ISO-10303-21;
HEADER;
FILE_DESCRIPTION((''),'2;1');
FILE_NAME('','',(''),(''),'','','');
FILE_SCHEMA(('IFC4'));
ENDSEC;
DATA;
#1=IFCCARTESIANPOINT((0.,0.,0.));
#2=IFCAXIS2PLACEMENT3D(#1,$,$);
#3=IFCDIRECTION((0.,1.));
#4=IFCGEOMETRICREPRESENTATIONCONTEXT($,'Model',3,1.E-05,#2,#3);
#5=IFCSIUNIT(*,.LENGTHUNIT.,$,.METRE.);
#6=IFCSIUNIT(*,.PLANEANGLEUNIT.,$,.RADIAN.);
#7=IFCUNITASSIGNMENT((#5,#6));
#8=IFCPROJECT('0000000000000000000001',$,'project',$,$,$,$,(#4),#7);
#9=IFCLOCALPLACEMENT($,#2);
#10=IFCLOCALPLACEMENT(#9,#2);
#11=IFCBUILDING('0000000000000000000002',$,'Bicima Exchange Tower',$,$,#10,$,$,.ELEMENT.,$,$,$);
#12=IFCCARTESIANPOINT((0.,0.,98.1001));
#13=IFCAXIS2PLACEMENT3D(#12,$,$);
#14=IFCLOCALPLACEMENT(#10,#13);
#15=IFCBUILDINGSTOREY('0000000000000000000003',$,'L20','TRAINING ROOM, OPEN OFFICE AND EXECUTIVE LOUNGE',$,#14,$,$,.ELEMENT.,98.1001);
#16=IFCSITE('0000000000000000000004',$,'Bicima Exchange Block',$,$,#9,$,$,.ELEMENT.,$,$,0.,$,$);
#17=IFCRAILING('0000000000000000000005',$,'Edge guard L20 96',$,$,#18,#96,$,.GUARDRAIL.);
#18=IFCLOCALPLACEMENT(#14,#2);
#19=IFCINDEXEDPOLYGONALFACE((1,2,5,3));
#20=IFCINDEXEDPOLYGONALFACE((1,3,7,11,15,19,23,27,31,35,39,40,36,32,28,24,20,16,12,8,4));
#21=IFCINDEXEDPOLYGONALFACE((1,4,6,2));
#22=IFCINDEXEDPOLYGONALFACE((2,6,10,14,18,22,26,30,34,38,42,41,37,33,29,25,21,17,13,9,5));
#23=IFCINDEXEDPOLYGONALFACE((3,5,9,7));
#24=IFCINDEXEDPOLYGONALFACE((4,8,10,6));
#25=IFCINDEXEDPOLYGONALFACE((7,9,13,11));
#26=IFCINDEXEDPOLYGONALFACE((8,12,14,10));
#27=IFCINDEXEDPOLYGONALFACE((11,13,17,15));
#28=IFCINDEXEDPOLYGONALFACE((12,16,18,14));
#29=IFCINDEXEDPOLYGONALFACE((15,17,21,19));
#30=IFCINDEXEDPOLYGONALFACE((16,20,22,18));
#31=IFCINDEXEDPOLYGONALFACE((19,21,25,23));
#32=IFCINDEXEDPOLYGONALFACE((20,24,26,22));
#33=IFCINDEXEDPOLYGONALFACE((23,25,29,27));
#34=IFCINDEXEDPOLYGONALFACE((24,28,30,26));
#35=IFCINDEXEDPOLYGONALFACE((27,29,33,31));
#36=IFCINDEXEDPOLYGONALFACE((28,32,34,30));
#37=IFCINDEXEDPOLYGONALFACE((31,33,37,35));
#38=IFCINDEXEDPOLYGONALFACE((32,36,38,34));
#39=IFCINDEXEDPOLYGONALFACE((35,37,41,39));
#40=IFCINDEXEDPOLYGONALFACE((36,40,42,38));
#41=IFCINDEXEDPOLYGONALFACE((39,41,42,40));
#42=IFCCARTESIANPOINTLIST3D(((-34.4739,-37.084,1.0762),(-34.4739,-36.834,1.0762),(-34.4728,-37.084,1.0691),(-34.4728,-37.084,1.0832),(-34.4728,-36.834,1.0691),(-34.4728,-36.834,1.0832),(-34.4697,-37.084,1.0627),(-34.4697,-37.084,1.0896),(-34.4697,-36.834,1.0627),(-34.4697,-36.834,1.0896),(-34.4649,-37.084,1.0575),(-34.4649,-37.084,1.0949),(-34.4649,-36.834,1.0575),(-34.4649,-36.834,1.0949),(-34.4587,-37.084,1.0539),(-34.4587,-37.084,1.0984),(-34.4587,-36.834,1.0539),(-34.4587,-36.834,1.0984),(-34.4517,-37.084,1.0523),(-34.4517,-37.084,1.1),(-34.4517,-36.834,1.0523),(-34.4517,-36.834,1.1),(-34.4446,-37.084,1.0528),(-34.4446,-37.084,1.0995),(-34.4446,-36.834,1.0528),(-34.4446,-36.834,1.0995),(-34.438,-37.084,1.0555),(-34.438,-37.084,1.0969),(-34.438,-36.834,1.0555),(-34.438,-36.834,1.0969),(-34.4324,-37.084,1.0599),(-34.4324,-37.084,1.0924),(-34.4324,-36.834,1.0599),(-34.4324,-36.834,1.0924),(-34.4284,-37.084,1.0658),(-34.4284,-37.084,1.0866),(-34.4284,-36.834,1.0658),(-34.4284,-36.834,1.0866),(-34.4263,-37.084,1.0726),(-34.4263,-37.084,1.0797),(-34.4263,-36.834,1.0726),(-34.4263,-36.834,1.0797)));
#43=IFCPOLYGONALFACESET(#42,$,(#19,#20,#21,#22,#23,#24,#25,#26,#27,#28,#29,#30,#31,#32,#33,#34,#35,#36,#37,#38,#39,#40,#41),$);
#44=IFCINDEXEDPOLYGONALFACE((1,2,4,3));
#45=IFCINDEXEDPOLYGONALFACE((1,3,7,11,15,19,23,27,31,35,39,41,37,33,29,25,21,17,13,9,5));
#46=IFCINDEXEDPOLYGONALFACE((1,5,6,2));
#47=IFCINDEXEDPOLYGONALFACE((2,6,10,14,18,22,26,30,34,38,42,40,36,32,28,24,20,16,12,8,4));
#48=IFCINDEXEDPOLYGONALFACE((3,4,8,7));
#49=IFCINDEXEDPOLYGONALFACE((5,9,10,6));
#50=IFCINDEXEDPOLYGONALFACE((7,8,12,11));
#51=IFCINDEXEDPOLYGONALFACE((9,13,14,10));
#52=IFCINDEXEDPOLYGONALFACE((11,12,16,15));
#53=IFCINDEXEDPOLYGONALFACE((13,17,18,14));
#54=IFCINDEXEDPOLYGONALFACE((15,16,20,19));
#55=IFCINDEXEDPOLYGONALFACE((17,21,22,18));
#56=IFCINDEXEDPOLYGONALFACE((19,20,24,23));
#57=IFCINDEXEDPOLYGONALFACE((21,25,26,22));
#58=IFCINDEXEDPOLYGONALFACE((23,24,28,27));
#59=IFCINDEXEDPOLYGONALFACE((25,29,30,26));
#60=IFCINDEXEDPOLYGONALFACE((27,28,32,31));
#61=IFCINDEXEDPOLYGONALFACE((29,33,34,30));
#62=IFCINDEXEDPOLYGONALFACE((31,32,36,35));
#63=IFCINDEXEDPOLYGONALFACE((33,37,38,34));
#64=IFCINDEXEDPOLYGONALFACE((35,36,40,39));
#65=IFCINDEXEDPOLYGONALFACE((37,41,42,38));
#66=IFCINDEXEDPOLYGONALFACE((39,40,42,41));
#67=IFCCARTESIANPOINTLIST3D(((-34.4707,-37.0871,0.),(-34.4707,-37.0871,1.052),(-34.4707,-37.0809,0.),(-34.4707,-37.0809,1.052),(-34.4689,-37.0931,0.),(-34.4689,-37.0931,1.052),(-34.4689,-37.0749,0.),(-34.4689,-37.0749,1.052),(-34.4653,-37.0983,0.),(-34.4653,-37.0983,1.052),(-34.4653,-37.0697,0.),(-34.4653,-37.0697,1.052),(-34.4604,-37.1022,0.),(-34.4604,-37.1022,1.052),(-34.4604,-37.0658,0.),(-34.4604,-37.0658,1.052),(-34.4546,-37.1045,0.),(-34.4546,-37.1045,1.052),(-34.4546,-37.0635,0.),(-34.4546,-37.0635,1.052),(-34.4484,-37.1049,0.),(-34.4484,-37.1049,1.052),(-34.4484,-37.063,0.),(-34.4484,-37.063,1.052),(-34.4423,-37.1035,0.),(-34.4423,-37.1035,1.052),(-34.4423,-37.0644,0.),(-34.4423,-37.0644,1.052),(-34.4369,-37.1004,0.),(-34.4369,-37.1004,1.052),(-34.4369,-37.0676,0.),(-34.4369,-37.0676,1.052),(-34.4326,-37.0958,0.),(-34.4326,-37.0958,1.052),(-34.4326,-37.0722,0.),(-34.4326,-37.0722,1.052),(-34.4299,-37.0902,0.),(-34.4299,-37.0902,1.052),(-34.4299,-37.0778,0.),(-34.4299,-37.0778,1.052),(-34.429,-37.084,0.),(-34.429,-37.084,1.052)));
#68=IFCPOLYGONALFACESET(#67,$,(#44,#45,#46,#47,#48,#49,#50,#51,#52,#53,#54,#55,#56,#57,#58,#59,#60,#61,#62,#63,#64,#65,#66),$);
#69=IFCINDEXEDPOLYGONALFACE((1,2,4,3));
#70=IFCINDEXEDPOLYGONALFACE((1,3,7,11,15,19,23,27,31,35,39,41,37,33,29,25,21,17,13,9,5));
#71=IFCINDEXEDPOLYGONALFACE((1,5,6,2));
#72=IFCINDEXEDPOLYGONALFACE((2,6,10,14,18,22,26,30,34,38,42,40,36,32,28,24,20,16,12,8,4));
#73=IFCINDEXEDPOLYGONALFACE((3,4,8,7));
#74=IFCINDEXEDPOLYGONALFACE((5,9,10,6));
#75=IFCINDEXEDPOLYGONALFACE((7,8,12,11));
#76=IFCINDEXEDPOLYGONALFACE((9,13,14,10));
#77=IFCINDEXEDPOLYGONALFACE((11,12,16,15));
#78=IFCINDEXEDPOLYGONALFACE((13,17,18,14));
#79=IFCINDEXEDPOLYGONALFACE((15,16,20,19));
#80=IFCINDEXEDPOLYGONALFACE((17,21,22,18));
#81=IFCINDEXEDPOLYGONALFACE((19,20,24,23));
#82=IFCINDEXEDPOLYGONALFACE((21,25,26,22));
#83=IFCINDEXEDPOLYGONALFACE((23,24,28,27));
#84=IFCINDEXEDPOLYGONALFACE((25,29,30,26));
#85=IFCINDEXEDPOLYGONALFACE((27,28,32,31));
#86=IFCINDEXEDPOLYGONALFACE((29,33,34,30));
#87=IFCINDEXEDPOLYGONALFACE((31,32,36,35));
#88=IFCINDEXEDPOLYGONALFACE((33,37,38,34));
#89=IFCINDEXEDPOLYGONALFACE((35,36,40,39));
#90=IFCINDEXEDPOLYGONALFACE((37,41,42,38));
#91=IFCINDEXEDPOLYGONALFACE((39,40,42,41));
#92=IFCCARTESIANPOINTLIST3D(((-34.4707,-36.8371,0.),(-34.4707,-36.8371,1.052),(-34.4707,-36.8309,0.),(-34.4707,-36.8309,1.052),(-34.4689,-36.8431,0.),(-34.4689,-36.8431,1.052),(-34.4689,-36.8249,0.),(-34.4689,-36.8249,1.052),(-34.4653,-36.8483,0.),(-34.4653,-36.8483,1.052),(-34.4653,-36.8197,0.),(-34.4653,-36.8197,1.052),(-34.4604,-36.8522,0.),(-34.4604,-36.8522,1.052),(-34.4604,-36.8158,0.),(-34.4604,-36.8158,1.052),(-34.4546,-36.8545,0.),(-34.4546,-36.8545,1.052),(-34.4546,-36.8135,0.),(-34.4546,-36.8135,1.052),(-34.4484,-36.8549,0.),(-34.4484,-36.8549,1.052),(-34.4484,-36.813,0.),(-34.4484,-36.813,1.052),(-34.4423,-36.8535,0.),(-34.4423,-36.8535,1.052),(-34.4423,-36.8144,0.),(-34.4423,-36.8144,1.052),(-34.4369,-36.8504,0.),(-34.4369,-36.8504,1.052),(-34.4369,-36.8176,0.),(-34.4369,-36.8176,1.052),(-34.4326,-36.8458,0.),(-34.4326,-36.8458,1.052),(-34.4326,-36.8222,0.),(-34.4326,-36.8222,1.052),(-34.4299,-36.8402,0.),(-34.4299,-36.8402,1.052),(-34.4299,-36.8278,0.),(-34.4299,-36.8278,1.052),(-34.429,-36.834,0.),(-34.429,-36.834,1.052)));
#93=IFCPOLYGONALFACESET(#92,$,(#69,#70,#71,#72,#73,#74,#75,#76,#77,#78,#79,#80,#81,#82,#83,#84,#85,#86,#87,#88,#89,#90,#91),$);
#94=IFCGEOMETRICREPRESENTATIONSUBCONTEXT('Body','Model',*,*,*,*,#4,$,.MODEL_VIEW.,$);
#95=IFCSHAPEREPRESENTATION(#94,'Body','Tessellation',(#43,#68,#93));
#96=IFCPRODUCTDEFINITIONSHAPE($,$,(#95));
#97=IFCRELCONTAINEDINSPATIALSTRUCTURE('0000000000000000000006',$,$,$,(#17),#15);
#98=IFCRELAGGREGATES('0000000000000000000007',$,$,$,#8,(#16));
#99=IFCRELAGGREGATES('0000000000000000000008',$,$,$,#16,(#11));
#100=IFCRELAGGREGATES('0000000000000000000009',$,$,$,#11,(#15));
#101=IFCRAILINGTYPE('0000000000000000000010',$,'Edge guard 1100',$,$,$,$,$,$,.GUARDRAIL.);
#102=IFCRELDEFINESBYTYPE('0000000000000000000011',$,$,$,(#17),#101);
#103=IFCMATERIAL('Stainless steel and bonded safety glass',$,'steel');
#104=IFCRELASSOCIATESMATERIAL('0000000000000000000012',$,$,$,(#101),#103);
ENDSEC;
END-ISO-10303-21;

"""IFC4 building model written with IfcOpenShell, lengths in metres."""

from ifc_helpers import new_model, si_unit, direction, frame, origin, origin_2d, place, context, subcontext, project, spatial, circle, extrude, material, type_object, element, save


model = new_model("IFC4")

# Units and contexts
model_context = context("Model", 3, precision=1e-05, world=origin(), true_north=direction((0.0, 1.0)))
body_context = subcontext(model_context, "Body", "Model", "MODEL_VIEW")
ifc_project = project(units=[si_unit("LENGTHUNIT", "METRE"), si_unit("PLANEANGLEUNIT", "RADIAN")], contexts=[model_context])

# Site, building, storey
site_placement = place(None, origin())
site = spatial("IfcSite", under=ifc_project, at=site_placement, Name="Bicima Exchange Block", CompositionType="ELEMENT", RefElevation=0.0)
building_placement = place(site_placement, origin())
building = spatial("IfcBuilding", under=site, at=building_placement, Name="Bicima Exchange Tower", CompositionType="ELEMENT")
storey_placement = place(building_placement, frame((0.0, 0.0, 98.1001)))
storey = spatial("IfcBuildingStorey", under=building, at=storey_placement, Name="L20", Description="TRAINING ROOM, OPEN OFFICE AND EXECUTIVE LOUNGE", CompositionType="ELEMENT", Elevation=98.1001)

# Railing
ifc_material_1 = material(Name="Stainless steel and bonded safety glass", Category="steel")
railing_type = type_object("IfcRailingType", Name="Edge guard 1100", PredefinedType="GUARDRAIL", material=ifc_material_1)
railing_1_placement = place(storey_placement, frame((-34.45, -37.084, 0.0)))
element("IfcRailing", 1, at=railing_1_placement, inside=storey, type_object=railing_type, Name="Edge guard L20 96", PredefinedType="GUARDRAIL", context=body_context, shape_type="SweptSolid", body=[
    extrude(circle(Radius=0.0239, at=origin_2d()), frame((0.0, 0.0, 1.0762), z_axis=(0.0, 1.0, 0.0), x_axis=(-1.0, 0.0, 0.0)), (0.0, 0.0, 1.0), 0.25),
    extrude(circle(Radius=0.021, at=origin_2d()), origin(), (0.0, 0.0, 1.0), 1.052),
    extrude(circle(Radius=0.021, at=origin_2d()), frame((0.0, 0.25, 0.0)), (0.0, 0.0, 1.0), 1.052),
])

save(model, "model.ifc")
